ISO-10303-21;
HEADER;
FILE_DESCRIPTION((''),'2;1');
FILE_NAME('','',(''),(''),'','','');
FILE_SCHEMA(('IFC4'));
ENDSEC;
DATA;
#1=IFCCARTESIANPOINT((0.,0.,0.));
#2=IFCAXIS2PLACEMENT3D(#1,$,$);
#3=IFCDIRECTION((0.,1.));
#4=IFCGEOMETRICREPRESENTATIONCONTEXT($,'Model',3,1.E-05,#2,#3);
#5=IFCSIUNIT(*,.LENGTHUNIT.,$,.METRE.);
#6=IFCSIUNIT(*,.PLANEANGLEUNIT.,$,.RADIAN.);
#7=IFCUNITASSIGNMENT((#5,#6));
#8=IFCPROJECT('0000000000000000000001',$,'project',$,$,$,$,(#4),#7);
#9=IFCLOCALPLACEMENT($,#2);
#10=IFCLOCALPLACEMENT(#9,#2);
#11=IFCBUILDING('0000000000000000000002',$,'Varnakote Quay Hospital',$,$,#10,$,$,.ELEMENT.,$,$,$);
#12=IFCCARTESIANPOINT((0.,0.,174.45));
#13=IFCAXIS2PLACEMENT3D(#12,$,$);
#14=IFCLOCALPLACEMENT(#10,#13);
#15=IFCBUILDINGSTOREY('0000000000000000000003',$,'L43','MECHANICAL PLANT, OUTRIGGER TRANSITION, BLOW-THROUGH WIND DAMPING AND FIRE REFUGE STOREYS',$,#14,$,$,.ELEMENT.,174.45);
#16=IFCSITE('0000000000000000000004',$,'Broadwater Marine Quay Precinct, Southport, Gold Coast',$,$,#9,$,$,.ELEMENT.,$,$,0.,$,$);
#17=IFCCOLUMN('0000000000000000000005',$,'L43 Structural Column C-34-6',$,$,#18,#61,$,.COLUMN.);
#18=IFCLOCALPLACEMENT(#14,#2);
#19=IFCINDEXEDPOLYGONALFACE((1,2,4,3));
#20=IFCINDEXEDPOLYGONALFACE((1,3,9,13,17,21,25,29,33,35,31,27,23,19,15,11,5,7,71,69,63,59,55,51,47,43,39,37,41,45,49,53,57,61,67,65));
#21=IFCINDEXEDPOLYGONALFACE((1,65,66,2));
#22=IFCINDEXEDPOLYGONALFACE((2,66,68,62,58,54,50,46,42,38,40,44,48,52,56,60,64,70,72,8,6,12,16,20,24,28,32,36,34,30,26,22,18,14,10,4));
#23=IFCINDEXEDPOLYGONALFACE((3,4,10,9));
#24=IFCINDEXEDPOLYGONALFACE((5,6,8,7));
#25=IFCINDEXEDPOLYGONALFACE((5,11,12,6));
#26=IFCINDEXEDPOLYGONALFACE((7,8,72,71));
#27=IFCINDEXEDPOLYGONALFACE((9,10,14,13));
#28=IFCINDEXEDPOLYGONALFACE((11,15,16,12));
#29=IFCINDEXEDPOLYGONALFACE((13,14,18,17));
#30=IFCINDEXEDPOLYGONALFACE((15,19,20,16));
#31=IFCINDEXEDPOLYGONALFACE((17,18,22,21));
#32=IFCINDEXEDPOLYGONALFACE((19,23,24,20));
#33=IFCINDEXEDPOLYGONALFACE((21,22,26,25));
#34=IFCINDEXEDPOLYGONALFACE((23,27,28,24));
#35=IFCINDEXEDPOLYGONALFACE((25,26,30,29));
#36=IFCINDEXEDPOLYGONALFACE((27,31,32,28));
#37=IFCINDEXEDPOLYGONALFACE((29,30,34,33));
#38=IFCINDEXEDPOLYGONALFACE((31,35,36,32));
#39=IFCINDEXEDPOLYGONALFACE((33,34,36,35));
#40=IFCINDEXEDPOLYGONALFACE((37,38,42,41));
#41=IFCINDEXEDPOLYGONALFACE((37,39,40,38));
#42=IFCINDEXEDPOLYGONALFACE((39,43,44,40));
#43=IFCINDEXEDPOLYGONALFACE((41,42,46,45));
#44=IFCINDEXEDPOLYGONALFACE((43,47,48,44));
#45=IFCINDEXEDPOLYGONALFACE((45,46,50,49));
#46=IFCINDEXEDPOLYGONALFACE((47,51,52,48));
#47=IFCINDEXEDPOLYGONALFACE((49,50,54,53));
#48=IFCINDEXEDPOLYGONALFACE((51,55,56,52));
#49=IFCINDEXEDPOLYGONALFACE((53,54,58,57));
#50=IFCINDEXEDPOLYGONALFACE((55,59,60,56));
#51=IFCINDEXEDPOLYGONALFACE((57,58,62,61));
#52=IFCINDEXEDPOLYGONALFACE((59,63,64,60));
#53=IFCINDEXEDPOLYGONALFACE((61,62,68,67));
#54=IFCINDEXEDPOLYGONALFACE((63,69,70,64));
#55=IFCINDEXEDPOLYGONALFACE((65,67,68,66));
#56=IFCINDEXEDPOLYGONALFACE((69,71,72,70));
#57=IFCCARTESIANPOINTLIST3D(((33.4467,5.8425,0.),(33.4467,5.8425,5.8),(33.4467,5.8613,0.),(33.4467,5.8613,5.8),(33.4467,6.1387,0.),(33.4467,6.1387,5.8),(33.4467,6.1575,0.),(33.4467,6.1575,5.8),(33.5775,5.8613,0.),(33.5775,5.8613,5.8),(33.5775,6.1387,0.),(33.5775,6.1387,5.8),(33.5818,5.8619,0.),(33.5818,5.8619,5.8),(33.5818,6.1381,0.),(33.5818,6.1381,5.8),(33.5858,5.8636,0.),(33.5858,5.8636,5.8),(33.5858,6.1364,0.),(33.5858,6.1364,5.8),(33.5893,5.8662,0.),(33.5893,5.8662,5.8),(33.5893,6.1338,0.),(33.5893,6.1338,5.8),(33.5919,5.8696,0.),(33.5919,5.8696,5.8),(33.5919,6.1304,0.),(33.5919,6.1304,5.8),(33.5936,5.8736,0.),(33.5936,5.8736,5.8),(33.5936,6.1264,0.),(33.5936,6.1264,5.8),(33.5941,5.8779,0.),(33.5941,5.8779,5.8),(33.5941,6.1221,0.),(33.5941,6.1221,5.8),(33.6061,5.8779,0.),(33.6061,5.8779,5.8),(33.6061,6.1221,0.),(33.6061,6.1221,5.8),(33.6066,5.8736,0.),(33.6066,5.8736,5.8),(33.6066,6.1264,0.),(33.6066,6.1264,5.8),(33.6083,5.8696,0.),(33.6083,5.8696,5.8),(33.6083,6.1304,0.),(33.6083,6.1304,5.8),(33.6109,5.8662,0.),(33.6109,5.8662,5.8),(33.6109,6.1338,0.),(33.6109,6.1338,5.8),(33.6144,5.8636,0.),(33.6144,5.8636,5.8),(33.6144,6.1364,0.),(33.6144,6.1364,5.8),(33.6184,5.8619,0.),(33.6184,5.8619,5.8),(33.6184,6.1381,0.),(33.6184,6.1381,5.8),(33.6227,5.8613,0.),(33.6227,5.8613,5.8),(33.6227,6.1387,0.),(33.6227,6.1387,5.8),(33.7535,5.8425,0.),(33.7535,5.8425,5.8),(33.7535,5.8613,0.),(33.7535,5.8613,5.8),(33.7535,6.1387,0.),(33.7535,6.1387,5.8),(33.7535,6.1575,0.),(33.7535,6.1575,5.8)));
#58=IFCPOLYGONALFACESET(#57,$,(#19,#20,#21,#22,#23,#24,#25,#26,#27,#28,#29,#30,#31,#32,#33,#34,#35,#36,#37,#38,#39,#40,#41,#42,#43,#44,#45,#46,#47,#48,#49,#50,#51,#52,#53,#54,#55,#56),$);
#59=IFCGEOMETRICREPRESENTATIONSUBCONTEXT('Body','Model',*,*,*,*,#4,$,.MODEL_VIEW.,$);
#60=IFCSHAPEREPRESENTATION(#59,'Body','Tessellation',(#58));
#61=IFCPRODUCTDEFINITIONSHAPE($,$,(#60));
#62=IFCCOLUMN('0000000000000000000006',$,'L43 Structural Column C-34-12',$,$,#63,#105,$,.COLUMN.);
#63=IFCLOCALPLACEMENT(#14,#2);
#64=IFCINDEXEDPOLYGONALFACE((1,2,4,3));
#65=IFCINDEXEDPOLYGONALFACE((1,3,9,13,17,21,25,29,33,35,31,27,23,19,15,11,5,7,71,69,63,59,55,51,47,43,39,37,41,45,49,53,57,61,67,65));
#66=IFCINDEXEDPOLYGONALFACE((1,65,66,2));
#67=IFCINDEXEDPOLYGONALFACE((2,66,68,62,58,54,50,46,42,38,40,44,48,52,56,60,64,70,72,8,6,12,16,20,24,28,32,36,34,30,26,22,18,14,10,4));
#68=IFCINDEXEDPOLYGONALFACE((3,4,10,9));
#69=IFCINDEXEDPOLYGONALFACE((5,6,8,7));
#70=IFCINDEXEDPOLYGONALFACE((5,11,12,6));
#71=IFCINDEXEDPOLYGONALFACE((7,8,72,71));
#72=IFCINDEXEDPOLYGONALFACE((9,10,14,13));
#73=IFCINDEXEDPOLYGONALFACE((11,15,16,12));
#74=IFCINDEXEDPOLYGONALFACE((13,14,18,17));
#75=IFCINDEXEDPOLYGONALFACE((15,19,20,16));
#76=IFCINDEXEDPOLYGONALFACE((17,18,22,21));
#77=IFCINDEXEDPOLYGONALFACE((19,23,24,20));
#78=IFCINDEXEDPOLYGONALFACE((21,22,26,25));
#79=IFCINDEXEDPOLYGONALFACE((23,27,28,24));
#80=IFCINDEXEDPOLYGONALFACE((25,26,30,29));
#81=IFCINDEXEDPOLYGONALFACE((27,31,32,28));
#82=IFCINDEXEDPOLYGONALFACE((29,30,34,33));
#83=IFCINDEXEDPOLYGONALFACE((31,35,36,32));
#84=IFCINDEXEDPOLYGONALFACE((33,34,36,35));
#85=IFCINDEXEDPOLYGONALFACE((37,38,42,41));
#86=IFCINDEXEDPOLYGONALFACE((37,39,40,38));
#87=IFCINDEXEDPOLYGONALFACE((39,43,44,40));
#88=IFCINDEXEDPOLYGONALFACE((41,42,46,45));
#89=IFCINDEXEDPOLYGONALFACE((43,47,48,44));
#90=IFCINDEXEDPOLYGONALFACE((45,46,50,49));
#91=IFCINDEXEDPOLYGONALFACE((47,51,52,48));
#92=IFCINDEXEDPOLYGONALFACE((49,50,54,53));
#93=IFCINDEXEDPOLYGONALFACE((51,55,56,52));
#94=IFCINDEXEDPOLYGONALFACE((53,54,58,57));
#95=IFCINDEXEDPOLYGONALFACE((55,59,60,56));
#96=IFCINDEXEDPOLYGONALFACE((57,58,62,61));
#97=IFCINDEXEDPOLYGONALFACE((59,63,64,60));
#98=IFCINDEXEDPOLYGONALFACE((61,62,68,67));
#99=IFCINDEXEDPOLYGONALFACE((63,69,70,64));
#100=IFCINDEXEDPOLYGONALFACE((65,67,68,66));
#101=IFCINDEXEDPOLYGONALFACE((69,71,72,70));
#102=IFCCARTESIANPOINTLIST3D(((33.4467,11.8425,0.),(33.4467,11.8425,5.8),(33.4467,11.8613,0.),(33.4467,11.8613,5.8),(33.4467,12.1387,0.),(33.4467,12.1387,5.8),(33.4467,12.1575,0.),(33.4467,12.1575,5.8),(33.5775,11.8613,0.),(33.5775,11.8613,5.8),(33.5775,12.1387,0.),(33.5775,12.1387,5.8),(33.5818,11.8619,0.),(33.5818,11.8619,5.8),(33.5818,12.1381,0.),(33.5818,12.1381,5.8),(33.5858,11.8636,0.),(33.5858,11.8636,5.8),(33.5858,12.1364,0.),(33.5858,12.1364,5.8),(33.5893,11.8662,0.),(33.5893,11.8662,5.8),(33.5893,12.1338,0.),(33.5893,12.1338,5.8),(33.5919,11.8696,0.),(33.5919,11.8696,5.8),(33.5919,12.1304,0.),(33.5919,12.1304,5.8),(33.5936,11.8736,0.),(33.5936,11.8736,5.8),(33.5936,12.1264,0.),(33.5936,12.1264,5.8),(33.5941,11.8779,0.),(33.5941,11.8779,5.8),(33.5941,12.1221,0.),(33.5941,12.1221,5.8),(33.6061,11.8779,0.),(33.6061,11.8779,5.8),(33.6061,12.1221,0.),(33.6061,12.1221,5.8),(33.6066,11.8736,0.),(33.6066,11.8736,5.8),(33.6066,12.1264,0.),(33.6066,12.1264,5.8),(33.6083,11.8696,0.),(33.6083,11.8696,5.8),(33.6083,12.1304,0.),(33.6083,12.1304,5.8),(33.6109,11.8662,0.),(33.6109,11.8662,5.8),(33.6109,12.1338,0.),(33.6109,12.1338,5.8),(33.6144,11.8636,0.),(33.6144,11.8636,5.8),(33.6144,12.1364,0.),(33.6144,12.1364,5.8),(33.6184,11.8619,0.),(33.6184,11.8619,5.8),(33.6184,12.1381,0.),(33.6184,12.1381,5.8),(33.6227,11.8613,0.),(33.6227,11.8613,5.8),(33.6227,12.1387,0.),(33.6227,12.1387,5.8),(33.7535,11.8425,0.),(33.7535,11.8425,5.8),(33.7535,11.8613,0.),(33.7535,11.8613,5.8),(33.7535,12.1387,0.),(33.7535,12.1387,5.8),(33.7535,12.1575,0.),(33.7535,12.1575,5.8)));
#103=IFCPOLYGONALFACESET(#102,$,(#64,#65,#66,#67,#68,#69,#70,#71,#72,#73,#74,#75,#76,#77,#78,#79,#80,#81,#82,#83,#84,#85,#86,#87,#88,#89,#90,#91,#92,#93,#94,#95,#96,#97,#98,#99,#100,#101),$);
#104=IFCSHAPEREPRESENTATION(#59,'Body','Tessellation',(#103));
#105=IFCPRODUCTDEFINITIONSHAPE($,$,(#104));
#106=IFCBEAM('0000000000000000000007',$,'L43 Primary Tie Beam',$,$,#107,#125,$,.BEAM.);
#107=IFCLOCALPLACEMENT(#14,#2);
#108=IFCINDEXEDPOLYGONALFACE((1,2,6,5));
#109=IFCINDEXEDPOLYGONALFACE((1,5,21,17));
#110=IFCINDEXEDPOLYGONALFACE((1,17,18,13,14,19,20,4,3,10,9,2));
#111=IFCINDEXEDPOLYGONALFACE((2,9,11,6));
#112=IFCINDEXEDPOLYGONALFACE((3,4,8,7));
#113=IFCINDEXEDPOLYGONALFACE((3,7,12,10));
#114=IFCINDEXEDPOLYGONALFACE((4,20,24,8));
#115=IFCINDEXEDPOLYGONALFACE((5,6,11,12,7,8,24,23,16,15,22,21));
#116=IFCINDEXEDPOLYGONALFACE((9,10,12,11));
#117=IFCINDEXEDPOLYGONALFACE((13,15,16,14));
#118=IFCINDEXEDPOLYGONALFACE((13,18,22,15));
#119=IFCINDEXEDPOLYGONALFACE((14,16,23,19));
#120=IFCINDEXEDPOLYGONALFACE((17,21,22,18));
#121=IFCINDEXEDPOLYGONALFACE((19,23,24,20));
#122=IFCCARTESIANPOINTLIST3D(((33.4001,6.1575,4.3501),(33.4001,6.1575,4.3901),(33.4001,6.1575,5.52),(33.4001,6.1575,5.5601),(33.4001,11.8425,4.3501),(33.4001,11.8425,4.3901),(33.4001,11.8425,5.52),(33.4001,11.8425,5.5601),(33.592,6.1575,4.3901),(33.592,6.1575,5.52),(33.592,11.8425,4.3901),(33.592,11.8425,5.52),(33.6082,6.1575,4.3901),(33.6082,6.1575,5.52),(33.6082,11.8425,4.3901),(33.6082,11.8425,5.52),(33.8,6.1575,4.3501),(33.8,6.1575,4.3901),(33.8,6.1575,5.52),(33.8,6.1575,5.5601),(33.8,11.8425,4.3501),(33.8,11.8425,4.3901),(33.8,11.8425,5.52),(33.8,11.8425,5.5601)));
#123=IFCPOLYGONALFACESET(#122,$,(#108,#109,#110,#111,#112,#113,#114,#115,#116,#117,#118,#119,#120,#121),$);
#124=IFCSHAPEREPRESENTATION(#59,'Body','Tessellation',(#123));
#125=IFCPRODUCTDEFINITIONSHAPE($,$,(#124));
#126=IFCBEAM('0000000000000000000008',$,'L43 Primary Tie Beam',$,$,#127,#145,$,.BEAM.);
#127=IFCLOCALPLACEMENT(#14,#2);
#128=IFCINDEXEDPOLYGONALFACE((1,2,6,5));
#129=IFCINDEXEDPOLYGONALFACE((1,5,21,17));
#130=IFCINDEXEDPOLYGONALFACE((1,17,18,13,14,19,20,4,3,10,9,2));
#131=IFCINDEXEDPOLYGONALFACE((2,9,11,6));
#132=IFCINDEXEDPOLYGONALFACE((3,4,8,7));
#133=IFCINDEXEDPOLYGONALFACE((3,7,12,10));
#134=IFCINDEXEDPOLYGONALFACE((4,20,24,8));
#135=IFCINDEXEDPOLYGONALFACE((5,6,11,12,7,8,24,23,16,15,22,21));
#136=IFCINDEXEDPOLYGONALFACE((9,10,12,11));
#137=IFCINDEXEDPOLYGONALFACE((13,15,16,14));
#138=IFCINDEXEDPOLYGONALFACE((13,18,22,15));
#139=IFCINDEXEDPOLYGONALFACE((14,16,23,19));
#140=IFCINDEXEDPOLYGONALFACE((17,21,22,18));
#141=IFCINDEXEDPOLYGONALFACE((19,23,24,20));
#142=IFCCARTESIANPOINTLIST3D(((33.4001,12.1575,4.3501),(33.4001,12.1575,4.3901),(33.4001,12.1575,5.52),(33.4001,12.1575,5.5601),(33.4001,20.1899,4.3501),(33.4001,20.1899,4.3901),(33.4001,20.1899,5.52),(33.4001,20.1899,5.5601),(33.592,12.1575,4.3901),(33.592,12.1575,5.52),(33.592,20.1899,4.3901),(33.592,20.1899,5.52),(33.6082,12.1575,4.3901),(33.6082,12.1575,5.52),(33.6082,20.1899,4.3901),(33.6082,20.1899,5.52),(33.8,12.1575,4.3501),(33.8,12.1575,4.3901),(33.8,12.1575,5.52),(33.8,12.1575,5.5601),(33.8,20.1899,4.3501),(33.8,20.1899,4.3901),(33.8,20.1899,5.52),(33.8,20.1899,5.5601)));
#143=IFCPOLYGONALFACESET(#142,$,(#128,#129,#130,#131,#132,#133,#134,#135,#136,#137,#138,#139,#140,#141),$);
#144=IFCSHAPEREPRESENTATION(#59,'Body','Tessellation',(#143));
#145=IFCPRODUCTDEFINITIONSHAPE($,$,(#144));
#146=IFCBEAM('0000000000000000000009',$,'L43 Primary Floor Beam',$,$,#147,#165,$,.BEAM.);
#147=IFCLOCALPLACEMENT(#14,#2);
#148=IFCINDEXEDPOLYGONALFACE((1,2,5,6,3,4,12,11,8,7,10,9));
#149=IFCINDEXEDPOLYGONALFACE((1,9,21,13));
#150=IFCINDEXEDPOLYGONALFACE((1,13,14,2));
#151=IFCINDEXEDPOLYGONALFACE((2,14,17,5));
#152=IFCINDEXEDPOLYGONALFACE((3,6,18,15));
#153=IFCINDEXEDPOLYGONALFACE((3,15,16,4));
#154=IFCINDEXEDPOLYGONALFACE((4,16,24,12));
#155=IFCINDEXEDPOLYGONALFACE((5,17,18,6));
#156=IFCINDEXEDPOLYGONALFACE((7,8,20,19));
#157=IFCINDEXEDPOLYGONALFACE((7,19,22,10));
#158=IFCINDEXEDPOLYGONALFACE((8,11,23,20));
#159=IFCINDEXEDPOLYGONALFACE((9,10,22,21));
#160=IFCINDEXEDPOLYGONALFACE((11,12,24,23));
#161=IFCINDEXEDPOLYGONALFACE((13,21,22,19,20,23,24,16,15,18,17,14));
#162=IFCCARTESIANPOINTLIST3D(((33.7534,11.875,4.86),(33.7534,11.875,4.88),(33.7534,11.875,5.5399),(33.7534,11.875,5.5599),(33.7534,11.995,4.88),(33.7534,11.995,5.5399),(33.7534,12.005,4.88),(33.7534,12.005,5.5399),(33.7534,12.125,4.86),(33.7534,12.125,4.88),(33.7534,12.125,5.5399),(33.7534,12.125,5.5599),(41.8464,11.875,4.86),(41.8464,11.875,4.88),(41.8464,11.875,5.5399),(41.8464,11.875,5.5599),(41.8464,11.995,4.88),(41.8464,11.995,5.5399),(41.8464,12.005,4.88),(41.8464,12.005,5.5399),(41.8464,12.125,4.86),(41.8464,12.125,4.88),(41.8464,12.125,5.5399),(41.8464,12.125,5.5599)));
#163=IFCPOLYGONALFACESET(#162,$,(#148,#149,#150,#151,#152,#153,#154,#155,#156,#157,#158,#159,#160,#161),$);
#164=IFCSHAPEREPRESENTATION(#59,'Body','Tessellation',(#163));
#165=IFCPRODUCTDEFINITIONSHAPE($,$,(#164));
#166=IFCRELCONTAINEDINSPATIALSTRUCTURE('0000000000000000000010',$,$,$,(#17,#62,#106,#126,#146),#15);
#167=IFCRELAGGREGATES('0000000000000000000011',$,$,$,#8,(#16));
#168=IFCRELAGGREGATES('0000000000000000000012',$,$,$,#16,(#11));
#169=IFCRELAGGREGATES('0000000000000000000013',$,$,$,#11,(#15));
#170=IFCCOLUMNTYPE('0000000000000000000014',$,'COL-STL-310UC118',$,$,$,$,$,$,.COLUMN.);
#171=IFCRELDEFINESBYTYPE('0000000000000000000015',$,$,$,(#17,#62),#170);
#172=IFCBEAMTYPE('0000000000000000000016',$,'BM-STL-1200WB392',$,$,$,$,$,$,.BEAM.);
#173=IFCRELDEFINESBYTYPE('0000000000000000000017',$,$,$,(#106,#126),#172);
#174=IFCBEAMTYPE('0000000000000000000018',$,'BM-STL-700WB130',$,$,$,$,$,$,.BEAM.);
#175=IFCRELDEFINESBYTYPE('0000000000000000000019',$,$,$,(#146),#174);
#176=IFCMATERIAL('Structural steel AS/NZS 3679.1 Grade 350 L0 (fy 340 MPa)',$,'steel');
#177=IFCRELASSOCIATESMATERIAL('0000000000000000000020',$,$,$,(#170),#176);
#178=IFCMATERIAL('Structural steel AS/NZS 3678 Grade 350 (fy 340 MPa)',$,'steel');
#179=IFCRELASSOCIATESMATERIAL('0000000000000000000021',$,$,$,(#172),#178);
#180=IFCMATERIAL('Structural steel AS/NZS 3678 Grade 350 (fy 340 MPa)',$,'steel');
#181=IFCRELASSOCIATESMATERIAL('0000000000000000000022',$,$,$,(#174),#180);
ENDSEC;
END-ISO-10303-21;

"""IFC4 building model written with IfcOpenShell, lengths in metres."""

from ifc_helpers import new_model, si_unit, direction, frame, origin, origin_2d, place, context, subcontext, project, spatial, i_section, extrude, material, material_profile, profile_set, type_object, element, save


model = new_model("IFC4")

# Units and contexts
model_context = context("Model", 3, precision=1e-05, world=origin(), true_north=direction((0.0, 1.0)))
body_context = subcontext(model_context, "Body", "Model", "MODEL_VIEW")
ifc_project = project(units=[si_unit("LENGTHUNIT", "METRE"), si_unit("PLANEANGLEUNIT", "RADIAN")], contexts=[model_context])

# Site, building, storey
site_placement = place(None, origin())
site = spatial("IfcSite", under=ifc_project, at=site_placement, Name="Broadwater Marine Quay Precinct, Southport, Gold Coast", CompositionType="ELEMENT", RefElevation=0.0)
building_placement = place(site_placement, origin())
building = spatial("IfcBuilding", under=site, at=building_placement, Name="Varnakote Quay Hospital", CompositionType="ELEMENT")
storey_placement = place(building_placement, frame((0.0, 0.0, 174.45)))
storey = spatial("IfcBuildingStorey", under=building, at=storey_placement, Name="L43", Description="MECHANICAL PLANT, OUTRIGGER TRANSITION, BLOW-THROUGH WIND DAMPING AND FIRE REFUGE STOREYS", CompositionType="ELEMENT", Elevation=174.45)

# Columns
ifc_material_1 = material(Name="Structural steel AS/NZS 3679.1 Grade 350 L0 (fy 340 MPa)", Category="steel")
ifc_material_profile_1 = material_profile(ifc_material_1, i_section(OverallWidth=0.3069, OverallDepth=0.3149, WebThickness=0.012, FlangeThickness=0.0188, FilletRadius=0.0166, at=origin_2d()), Name="310UC118")
ifc_profile_set_1 = profile_set([ifc_material_profile_1], Name="Structural steel AS/NZS 3679.1 Grade 350 L0 (fy 340 MPa)")
column_type = type_object("IfcColumnType", Name="COL-STL-310UC118", PredefinedType="COLUMN", material=ifc_profile_set_1)
for number, where, z_axis, x_axis, name in (
    (1, (33.6001, 6.0, 0.0), (0.0, 0.0, 1.0), (1.0, 0.0, 0.0), "L43 Structural Column C-34-6"),
    (2, (33.6001, 12.0, 0.0), (0.0, 0.0, 1.0), (1.0, 0.0, 0.0), "L43 Structural Column C-34-12"),
):
    element("IfcColumn", number, at=place(storey_placement, frame(where, z_axis=z_axis, x_axis=x_axis)), inside=storey, type_object=column_type, Name=name, PredefinedType="COLUMN", context=body_context, shape_type="SweptSolid", body=[
        extrude(i_section(OverallWidth=0.3069, OverallDepth=0.3149, WebThickness=0.012, FlangeThickness=0.0188, FilletRadius=0.0166, at=origin_2d()), origin(), (0.0, 0.0, 1.0), 5.8),
    ])

# Beams
ifc_material_2 = material(Name="Structural steel AS/NZS 3678 Grade 350 (fy 340 MPa)", Category="steel")
ifc_material_profile_2 = material_profile(ifc_material_2, i_section(OverallWidth=0.3999, OverallDepth=1.21, WebThickness=0.0161, FlangeThickness=0.04, at=origin_2d()), Name="1200WB392")
ifc_profile_set_2 = profile_set([ifc_material_profile_2], Name="Structural steel AS/NZS 3678 Grade 350 (fy 340 MPa)")
beam_type_1 = type_object("IfcBeamType", Name="BM-STL-1200WB392", PredefinedType="BEAM", material=ifc_profile_set_2)
beam_1_placement = place(storey_placement, frame((33.6001, 6.1575, 4.9551), z_axis=(0.0, 1.0, 0.0), x_axis=(-1.0, 0.0, 0.0)))
element("IfcBeam", 3, at=beam_1_placement, inside=storey, type_object=beam_type_1, Name="L43 Primary Tie Beam", PredefinedType="BEAM", context=body_context, shape_type="SweptSolid", body=[
    extrude(i_section(OverallWidth=0.3999, OverallDepth=1.21, WebThickness=0.0161, FlangeThickness=0.04, at=origin_2d()), origin(), (0.0, 0.0, 1.0), 5.6851),
])
beam_2_placement = place(storey_placement, frame((33.6001, 12.1575, 4.9551), z_axis=(0.0, 1.0, 0.0), x_axis=(-1.0, 0.0, 0.0)))
element("IfcBeam", 4, at=beam_2_placement, inside=storey, type_object=beam_type_1, Name="L43 Primary Tie Beam", PredefinedType="BEAM", context=body_context, shape_type="SweptSolid", body=[
    extrude(i_section(OverallWidth=0.3999, OverallDepth=1.21, WebThickness=0.0161, FlangeThickness=0.04, at=origin_2d()), origin(), (0.0, 0.0, 1.0), 8.0325),
])
ifc_material_3 = material(Name="Structural steel AS/NZS 3678 Grade 350 (fy 340 MPa)", Category="steel")
ifc_material_profile_3 = material_profile(ifc_material_3, i_section(OverallWidth=0.25, OverallDepth=0.7, WebThickness=0.01, FlangeThickness=0.02, at=origin_2d()), Name="700WB130")
ifc_profile_set_3 = profile_set([ifc_material_profile_3], Name="Structural steel AS/NZS 3678 Grade 350 (fy 340 MPa)")
beam_type_2 = type_object("IfcBeamType", Name="BM-STL-700WB130", PredefinedType="BEAM", material=ifc_profile_set_3)
beam_3_placement = place(storey_placement, frame((33.7534, 12.0, 5.21), z_axis=(1.0, 0.0, 0.0), x_axis=(0.0, 1.0, 0.0)))
element("IfcBeam", 5, at=beam_3_placement, inside=storey, type_object=beam_type_2, Name="L43 Primary Floor Beam", PredefinedType="BEAM", context=body_context, shape_type="SweptSolid", body=[
    extrude(i_section(OverallWidth=0.25, OverallDepth=0.7, WebThickness=0.01, FlangeThickness=0.02, at=origin_2d()), origin(), (0.0, 0.0, 1.0), 8.093),
])

save(model, "model.ifc")
